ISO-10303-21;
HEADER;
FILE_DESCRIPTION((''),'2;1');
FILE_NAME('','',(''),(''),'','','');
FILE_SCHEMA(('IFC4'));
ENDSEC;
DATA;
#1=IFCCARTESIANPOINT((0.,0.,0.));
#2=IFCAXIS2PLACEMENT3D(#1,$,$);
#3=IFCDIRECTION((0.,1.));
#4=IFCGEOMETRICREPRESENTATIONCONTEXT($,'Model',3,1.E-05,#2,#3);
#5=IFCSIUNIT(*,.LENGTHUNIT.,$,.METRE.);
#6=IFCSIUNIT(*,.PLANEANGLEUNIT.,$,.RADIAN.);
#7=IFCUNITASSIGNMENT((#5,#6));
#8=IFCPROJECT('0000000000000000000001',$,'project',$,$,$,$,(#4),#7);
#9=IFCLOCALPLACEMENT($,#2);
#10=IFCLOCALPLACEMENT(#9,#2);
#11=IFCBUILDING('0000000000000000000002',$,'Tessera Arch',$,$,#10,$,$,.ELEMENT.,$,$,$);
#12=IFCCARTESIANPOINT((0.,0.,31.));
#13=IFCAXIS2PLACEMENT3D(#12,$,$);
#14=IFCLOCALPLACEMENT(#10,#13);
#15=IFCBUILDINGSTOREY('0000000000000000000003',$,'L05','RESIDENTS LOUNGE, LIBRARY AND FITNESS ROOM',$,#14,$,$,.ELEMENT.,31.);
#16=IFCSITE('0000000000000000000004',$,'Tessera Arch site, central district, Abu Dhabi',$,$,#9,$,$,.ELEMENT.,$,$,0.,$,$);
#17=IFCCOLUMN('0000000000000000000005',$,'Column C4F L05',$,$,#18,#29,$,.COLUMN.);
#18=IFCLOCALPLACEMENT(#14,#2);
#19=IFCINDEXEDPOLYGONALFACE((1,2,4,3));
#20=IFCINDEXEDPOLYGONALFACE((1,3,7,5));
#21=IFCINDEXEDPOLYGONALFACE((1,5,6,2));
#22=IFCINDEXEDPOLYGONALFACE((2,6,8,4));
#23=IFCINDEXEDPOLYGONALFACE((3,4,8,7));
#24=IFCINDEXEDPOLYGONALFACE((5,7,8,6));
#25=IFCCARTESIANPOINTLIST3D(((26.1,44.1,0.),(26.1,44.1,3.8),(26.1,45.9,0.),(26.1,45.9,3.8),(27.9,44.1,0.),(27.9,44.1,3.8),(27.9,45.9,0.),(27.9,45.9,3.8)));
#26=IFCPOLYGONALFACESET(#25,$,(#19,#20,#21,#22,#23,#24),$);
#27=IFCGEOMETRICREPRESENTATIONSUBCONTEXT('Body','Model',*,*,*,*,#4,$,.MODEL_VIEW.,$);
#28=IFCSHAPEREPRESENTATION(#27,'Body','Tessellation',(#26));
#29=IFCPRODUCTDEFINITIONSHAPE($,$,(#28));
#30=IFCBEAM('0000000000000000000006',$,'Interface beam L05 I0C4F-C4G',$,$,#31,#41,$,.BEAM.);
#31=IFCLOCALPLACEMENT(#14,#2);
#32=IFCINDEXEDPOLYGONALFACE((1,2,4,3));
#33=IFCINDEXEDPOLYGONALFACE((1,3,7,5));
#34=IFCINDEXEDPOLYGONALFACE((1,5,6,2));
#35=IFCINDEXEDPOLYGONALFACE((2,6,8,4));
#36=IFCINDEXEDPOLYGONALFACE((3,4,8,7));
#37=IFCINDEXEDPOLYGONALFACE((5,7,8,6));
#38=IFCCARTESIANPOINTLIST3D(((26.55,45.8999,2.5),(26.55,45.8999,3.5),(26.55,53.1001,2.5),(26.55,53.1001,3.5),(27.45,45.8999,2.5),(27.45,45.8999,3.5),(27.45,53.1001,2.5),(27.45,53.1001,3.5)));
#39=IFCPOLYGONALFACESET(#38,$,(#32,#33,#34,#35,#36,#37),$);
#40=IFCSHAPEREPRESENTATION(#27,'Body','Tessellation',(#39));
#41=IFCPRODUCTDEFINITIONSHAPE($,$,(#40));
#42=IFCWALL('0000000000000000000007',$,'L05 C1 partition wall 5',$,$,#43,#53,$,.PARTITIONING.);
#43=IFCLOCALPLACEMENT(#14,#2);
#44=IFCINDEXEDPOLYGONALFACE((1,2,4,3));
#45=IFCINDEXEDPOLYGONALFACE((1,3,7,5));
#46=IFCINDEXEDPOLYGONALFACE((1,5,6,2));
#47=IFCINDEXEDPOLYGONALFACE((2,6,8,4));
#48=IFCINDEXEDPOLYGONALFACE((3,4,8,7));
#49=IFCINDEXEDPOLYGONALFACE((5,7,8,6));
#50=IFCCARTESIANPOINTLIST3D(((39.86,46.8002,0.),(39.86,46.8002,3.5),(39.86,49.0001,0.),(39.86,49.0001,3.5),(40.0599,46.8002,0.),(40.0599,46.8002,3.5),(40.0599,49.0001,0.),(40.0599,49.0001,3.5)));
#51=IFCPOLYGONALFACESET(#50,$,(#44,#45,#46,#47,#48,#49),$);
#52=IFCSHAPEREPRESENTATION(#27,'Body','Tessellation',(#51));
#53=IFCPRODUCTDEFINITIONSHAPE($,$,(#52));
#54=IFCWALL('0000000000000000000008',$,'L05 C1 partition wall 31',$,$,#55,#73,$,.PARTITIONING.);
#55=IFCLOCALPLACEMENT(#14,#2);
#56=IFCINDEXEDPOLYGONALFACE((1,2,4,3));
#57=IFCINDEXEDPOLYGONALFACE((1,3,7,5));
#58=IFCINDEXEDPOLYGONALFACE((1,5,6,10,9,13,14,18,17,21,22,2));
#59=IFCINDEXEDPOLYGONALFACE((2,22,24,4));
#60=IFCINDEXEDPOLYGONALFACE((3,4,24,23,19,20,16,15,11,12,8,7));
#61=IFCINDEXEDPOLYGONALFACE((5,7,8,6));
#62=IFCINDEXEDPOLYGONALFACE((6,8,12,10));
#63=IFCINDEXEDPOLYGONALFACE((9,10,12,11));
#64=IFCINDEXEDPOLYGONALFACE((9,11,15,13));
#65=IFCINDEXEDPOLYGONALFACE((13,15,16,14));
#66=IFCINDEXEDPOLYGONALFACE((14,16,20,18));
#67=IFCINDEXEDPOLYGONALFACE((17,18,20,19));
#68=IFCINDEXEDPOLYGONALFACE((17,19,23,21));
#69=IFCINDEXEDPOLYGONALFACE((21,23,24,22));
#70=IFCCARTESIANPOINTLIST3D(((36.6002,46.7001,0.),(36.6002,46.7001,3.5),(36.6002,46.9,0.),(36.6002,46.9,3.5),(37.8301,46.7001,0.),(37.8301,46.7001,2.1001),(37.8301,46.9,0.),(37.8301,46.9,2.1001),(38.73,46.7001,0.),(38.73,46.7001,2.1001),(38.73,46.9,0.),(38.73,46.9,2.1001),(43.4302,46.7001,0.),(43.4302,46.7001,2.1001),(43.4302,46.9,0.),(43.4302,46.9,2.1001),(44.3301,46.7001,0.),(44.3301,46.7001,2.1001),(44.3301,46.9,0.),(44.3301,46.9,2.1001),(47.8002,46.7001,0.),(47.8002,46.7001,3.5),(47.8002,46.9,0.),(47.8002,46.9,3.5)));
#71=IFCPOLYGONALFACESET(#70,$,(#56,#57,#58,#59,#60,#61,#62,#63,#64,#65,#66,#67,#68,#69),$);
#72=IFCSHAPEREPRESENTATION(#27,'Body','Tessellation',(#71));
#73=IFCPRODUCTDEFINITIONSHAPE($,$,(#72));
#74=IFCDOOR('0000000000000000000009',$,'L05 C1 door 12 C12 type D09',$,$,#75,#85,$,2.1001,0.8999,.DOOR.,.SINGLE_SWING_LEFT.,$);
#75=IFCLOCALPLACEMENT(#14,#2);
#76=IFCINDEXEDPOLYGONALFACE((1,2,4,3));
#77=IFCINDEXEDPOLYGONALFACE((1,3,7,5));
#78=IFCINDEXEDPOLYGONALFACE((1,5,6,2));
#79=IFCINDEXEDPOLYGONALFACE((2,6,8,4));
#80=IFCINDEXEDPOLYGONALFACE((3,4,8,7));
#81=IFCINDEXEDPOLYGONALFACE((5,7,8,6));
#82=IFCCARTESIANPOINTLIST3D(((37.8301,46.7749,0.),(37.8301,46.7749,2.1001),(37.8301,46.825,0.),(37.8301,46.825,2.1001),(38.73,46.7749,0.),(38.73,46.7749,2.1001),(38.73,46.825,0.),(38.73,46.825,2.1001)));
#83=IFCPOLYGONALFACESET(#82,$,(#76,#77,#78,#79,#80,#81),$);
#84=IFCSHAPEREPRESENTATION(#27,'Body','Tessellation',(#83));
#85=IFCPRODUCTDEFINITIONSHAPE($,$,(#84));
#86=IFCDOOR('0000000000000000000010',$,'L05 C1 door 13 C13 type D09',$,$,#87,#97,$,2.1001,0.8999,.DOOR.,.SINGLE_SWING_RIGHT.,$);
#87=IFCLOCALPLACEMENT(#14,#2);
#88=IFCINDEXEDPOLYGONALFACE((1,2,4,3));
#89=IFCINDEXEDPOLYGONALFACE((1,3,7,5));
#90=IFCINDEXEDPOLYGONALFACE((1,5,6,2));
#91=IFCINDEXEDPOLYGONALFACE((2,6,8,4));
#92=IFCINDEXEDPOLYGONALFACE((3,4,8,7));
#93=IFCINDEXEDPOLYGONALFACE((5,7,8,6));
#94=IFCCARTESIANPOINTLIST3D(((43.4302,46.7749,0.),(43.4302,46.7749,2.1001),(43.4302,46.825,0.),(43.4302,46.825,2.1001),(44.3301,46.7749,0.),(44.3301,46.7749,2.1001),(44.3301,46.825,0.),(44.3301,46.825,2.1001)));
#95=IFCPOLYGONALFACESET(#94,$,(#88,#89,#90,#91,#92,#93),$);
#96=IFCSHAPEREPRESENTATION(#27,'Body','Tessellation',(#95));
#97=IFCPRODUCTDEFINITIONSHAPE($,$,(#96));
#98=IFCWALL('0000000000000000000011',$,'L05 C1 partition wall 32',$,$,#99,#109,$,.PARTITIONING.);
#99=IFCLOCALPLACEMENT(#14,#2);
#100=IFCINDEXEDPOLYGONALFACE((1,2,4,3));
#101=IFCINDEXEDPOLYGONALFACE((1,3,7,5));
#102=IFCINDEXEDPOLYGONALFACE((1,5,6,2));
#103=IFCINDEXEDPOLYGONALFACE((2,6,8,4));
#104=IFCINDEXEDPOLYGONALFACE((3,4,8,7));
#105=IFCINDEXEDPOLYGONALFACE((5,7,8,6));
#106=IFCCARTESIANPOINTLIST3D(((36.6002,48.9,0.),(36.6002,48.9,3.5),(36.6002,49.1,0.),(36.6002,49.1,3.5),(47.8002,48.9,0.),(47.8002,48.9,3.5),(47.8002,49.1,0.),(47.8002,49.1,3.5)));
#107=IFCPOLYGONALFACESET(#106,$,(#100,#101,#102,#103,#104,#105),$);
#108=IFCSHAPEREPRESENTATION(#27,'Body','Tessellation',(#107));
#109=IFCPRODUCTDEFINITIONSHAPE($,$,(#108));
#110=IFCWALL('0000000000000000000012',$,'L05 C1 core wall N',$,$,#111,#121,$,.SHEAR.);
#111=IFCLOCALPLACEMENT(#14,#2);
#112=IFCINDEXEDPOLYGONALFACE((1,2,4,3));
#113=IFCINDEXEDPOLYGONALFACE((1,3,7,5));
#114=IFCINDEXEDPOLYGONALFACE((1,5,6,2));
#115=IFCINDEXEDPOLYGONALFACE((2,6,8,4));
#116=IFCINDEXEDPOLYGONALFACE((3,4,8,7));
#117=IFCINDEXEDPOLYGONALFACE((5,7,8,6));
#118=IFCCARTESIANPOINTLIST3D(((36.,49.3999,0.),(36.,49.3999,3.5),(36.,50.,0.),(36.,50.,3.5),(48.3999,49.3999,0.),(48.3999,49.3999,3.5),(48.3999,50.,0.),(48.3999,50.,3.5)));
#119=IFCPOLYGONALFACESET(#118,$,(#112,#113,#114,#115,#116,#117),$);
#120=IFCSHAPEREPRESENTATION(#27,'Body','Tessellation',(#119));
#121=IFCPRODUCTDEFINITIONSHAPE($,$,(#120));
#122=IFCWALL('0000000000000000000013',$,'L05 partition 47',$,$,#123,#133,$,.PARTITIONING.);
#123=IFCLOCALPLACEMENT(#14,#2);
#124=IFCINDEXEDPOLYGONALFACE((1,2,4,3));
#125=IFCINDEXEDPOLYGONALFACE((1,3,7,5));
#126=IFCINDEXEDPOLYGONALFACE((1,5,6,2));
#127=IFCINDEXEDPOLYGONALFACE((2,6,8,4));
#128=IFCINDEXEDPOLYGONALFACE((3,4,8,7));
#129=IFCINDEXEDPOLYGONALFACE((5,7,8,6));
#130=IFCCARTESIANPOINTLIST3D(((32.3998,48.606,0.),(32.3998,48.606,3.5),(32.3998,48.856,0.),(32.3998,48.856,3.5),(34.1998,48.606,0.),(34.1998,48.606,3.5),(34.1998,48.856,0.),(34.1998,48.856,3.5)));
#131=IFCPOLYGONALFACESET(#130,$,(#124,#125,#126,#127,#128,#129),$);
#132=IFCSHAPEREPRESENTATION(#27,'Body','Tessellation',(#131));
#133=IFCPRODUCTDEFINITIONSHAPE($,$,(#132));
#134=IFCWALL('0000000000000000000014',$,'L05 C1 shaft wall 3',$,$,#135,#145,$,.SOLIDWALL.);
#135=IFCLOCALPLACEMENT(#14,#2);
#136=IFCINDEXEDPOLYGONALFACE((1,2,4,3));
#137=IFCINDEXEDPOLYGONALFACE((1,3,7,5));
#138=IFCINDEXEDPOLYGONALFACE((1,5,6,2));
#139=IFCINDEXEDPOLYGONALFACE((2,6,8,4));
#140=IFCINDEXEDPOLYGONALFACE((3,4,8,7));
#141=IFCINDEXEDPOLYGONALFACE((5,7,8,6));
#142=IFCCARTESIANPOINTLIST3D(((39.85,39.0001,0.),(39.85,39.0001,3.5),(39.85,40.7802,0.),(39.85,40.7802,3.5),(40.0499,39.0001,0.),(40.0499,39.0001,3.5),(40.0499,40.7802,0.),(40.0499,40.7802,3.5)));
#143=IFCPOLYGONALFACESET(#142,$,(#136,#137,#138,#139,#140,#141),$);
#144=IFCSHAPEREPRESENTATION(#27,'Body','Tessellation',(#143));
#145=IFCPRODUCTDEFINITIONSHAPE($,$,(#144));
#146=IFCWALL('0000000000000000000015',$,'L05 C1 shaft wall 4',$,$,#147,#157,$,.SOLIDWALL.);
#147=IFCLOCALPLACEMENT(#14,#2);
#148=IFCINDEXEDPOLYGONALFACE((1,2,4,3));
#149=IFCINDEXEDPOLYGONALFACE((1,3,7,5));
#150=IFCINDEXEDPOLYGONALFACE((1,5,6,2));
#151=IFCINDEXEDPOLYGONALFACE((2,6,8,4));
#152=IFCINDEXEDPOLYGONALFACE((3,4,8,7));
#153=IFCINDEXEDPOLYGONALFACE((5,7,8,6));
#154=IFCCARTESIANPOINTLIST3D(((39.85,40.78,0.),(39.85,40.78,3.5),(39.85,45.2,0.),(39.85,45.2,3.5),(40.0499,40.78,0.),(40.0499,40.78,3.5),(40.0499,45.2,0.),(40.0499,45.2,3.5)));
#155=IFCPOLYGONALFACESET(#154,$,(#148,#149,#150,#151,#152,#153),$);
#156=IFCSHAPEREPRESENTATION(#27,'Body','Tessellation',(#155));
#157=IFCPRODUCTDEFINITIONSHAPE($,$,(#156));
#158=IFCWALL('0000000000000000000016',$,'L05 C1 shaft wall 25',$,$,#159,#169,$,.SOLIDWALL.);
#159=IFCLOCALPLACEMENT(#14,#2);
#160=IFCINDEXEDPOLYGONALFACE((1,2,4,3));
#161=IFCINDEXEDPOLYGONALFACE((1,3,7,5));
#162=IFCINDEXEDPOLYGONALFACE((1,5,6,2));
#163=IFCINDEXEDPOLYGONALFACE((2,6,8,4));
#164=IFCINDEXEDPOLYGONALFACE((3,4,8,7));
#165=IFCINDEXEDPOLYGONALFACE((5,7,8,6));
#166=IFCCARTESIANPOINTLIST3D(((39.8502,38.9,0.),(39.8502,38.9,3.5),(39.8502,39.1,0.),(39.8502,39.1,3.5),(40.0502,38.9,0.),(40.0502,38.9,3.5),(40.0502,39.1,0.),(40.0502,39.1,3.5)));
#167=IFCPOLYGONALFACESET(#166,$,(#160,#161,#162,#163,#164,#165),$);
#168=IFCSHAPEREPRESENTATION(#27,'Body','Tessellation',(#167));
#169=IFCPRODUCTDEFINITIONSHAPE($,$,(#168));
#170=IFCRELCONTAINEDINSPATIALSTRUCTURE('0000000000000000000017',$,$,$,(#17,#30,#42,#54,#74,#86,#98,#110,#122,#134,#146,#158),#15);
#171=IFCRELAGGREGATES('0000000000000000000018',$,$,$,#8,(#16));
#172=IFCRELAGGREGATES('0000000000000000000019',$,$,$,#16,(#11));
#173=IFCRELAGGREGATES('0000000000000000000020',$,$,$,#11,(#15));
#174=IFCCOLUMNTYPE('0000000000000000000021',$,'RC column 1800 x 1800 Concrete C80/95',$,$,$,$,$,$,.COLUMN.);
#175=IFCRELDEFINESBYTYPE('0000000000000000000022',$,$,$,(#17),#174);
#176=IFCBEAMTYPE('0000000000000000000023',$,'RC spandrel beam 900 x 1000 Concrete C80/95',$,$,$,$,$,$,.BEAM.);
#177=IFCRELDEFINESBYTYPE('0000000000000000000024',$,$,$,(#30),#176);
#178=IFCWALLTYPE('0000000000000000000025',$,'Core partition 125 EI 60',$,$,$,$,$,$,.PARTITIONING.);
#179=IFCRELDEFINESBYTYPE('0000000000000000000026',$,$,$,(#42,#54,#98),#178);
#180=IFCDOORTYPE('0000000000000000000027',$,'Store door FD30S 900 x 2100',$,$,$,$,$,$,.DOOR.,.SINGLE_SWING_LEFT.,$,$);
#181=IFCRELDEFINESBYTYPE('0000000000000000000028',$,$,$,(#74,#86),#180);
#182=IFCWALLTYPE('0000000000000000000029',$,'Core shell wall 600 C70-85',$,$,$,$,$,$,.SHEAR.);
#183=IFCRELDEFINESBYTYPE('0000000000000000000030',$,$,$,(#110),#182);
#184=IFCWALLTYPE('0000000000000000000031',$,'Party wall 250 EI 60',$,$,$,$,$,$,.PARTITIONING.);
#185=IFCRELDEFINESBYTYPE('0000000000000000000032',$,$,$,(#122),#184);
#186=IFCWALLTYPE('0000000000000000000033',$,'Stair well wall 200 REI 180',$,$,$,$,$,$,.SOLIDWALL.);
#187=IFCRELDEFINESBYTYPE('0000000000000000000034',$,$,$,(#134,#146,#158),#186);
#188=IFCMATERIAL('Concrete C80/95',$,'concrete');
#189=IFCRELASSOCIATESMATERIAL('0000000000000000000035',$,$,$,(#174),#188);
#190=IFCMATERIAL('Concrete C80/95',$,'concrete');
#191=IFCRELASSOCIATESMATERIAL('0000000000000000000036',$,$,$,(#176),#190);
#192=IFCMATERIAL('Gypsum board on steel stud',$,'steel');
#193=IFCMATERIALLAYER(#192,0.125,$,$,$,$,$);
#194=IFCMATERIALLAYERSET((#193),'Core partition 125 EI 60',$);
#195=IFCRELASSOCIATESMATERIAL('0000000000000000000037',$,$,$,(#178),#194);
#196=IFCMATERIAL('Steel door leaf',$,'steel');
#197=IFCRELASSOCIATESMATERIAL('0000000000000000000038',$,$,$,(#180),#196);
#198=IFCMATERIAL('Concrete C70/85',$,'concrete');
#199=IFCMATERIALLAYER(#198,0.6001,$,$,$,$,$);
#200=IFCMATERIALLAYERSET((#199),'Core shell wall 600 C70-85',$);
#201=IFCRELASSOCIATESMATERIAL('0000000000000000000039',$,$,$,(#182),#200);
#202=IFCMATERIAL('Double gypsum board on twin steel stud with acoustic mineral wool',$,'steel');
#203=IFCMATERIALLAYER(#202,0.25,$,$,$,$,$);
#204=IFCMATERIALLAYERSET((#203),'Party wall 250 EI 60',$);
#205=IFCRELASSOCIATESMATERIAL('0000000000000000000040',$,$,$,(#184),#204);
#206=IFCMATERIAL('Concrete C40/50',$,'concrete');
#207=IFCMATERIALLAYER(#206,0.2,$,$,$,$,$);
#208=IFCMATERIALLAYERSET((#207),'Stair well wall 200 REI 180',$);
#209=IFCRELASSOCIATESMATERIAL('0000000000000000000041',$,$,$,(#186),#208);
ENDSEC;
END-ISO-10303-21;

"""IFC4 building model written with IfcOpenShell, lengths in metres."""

from ifc_helpers import new_model, si_unit, direction, frame, frame_2d, origin, origin_2d, place, context, subcontext, project, spatial, rectangle, extrude, material, layer, layer_set, material_profile, profile_set, type_object, element, fill, save


model = new_model("IFC4")

# Units and contexts
model_context = context("Model", 3, precision=1e-05, world=origin(), true_north=direction((0.0, 1.0)))
body_context = subcontext(model_context, "Body", "Model", "MODEL_VIEW")
ifc_project = project(units=[si_unit("LENGTHUNIT", "METRE"), si_unit("PLANEANGLEUNIT", "RADIAN")], contexts=[model_context])

# Site, building, storey
site_placement = place(None, origin())
site = spatial("IfcSite", under=ifc_project, at=site_placement, Name="Tessera Arch site, central district, Abu Dhabi", CompositionType="ELEMENT", RefElevation=0.0)
building_placement = place(site_placement, origin())
building = spatial("IfcBuilding", under=site, at=building_placement, Name="Tessera Arch", CompositionType="ELEMENT")
storey_placement = place(building_placement, frame((0.0, 0.0, 31.0)))
storey = spatial("IfcBuildingStorey", under=building, at=storey_placement, Name="L05", Description="RESIDENTS LOUNGE, LIBRARY AND FITNESS ROOM", CompositionType="ELEMENT", Elevation=31.0)

# Column
ifc_material_1 = material(Name="Concrete C80/95", Category="concrete")
ifc_material_profile_1 = material_profile(ifc_material_1, rectangle(XDim=1.8, YDim=1.8, at=origin_2d()), Name="RC column 1800 x 1800 Concrete C80/95")
ifc_profile_set_1 = profile_set([ifc_material_profile_1], Name="Concrete C80/95")
column_type = type_object("IfcColumnType", Name="RC column 1800 x 1800 Concrete C80/95", PredefinedType="COLUMN", material=ifc_profile_set_1)
column_placement = place(storey_placement, frame((27.0, 45.0, 0.0), z_axis=(0.0, 0.0, 1.0), x_axis=(1.0, 0.0, 0.0)))
element("IfcColumn", 1, at=column_placement, inside=storey, type_object=column_type, Name="Column C4F L05", PredefinedType="COLUMN", context=body_context, shape_type="SweptSolid", body=[
    extrude(rectangle(XDim=1.8, YDim=1.8, at=origin_2d()), origin(), (0.0, 0.0, 1.0), 3.8),
])

# Beam
ifc_material_2 = material(Name="Concrete C80/95", Category="concrete")
ifc_material_profile_2 = material_profile(ifc_material_2, rectangle(XDim=0.8999, YDim=1.0, at=origin_2d()), Name="RC spandrel beam 900 x 1000 Concrete C80/95")
ifc_profile_set_2 = profile_set([ifc_material_profile_2], Name="Concrete C80/95")
beam_type = type_object("IfcBeamType", Name="RC spandrel beam 900 x 1000 Concrete C80/95", PredefinedType="BEAM", material=ifc_profile_set_2)
beam_placement = place(storey_placement, frame((27.0, 45.8999, 3.0), z_axis=(0.0, 1.0, 0.0), x_axis=(-1.0, 0.0, 0.0)))
element("IfcBeam", 2, at=beam_placement, inside=storey, type_object=beam_type, Name="Interface beam L05 I0C4F-C4G", PredefinedType="BEAM", context=body_context, shape_type="SweptSolid", body=[
    extrude(rectangle(XDim=0.8999, YDim=1.0, at=origin_2d()), origin(), (0.0, 0.0, 1.0), 7.2002),
])

# Wall
ifc_material_3 = material(Name="Gypsum board on steel stud", Category="steel")
ifc_layer_1 = layer(ifc_material_3, 0.125)
ifc_layer_set_1 = layer_set([ifc_layer_1], Name="Core partition 125 EI 60")
wall_type_1 = type_object("IfcWallType", Name="Core partition 125 EI 60", PredefinedType="PARTITIONING", material=ifc_layer_set_1)
wall_1_placement = place(storey_placement, frame((39.96, 46.8, 0.0), z_axis=(0.0, 0.0, 1.0), x_axis=(0.0, 1.0, 0.0)))
element("IfcWall", 3, at=wall_1_placement, inside=storey, type_object=wall_type_1, Name="L05 C1 partition wall 5", PredefinedType="PARTITIONING", context=body_context, shape_type="SweptSolid", body=[
    extrude(rectangle(XDim=2.2, YDim=0.2, at=frame_2d((1.1001, 0.0))), origin(), (0.0, 0.0, 1.0), 3.5),
])

# Wall, openings, doors
wall_2_placement = place(storey_placement, frame((36.6001, 46.8, 0.0), z_axis=(0.0, 0.0, 1.0), x_axis=(1.0, 0.0, 0.0)))
wall_2 = element("IfcWall", 4, at=wall_2_placement, inside=storey, type_object=wall_type_1, Name="L05 C1 partition wall 31", PredefinedType="PARTITIONING", context=body_context, shape_type="SweptSolid", body=[
    extrude(rectangle(XDim=11.2, YDim=0.2, at=frame_2d((5.6001, 0.0))), origin(), (0.0, 0.0, 1.0), 3.5),
])
opening_1_placement = place(wall_2_placement, frame((1.23, 0.0, 0.0)))
opening_1 = element("IfcOpeningElement", 5, at=opening_1_placement, cuts=wall_2, PredefinedType="OPENING", context=body_context, shape_type="SweptSolid", body=[
    extrude(rectangle(XDim=0.8999, YDim=2.1001, at=frame_2d((0.45, 1.05))), frame((0.0, 0.1099, 0.0), z_axis=(0.0, -1.0, 0.0), x_axis=(1.0, 0.0, 0.0)), (0.0, 0.0, 1.0), 0.22),
])
opening_2_placement = place(wall_2_placement, frame((6.8301, 0.0, 0.0)))
opening_2 = element("IfcOpeningElement", 6, at=opening_2_placement, cuts=wall_2, PredefinedType="OPENING", context=body_context, shape_type="SweptSolid", body=[
    extrude(rectangle(XDim=0.8999, YDim=2.1001, at=frame_2d((0.45, 1.05))), frame((0.0, 0.1099, 0.0), z_axis=(0.0, -1.0, 0.0), x_axis=(1.0, 0.0, 0.0)), (0.0, 0.0, 1.0), 0.22),
])
ifc_material_4 = material(Name="Steel door leaf", Category="steel")
door_type_1 = type_object("IfcDoorType", Name="Store door FD30S 900 x 2100", OperationType="SINGLE_SWING_LEFT", PredefinedType="DOOR", material=ifc_material_4)
door_1_placement = place(opening_1_placement, origin())
door_1 = element("IfcDoor", 7, at=door_1_placement, inside=storey, type_object=door_type_1, Name="L05 C1 door 12 C12 type D09", OperationType="SINGLE_SWING_LEFT", OverallHeight=2.1001, OverallWidth=0.8999, PredefinedType="DOOR", context=body_context, shape_type="SweptSolid", body=[
    extrude(rectangle(XDim=0.8999, YDim=2.1001, at=frame_2d((0.45, 1.05))), frame((0.0, 0.0249, 0.0), z_axis=(0.0, -1.0, 0.0), x_axis=(1.0, 0.0, 0.0)), (0.0, 0.0, 1.0), 0.05),
])
fill(opening_1, door_1)
door_2_placement = place(opening_2_placement, origin())
door_2 = element("IfcDoor", 8, at=door_2_placement, inside=storey, type_object=door_type_1, Name="L05 C1 door 13 C13 type D09", OperationType="SINGLE_SWING_RIGHT", OverallHeight=2.1001, OverallWidth=0.8999, PredefinedType="DOOR", context=body_context, shape_type="SweptSolid", body=[
    extrude(rectangle(XDim=0.8999, YDim=2.1001, at=frame_2d((0.45, 1.05))), frame((0.0, 0.0249, 0.0), z_axis=(0.0, -1.0, 0.0), x_axis=(1.0, 0.0, 0.0)), (0.0, 0.0, 1.0), 0.05),
])
fill(opening_2, door_2)

# Walls
wall_3_placement = place(storey_placement, frame((36.6001, 49.0, 0.0), z_axis=(0.0, 0.0, 1.0), x_axis=(1.0, 0.0, 0.0)))
element("IfcWall", 9, at=wall_3_placement, inside=storey, type_object=wall_type_1, Name="L05 C1 partition wall 32", PredefinedType="PARTITIONING", context=body_context, shape_type="SweptSolid", body=[
    extrude(rectangle(XDim=11.2, YDim=0.2, at=frame_2d((5.6001, 0.0))), origin(), (0.0, 0.0, 1.0), 3.5),
])
ifc_material_5 = material(Name="Concrete C70/85", Category="concrete")
ifc_layer_2 = layer(ifc_material_5, 0.6001)
ifc_layer_set_2 = layer_set([ifc_layer_2], Name="Core shell wall 600 C70-85")
wall_type_2 = type_object("IfcWallType", Name="Core shell wall 600 C70-85", PredefinedType="SHEAR", material=ifc_layer_set_2)
wall_4_placement = place(storey_placement, frame((36.0, 49.7, 0.0), z_axis=(0.0, 0.0, 1.0), x_axis=(1.0, 0.0, 0.0)))
element("IfcWall", 10, at=wall_4_placement, inside=storey, type_object=wall_type_2, Name="L05 C1 core wall N", PredefinedType="SHEAR", context=body_context, shape_type="SweptSolid", body=[
    extrude(rectangle(XDim=12.3999, YDim=0.6001, at=frame_2d((6.2, 0.0))), origin(), (0.0, 0.0, 1.0), 3.5),
])
ifc_material_6 = material(Name="Double gypsum board on twin steel stud with acoustic mineral wool", Category="steel")
ifc_layer_3 = layer(ifc_material_6, 0.25)
ifc_layer_set_3 = layer_set([ifc_layer_3], Name="Party wall 250 EI 60")
wall_type_3 = type_object("IfcWallType", Name="Party wall 250 EI 60", PredefinedType="PARTITIONING", material=ifc_layer_set_3)
wall_5_placement = place(storey_placement, frame((32.3999, 48.731, 0.0), z_axis=(0.0, 0.0, 1.0), x_axis=(1.0, 0.0, 0.0)))
element("IfcWall", 11, at=wall_5_placement, inside=storey, type_object=wall_type_3, Name="L05 partition 47", PredefinedType="PARTITIONING", context=body_context, shape_type="SweptSolid", body=[
    extrude(rectangle(XDim=1.8, YDim=0.25, at=frame_2d((0.8999, 0.0))), origin(), (0.0, 0.0, 1.0), 3.5),
])
ifc_material_7 = material(Name="Concrete C40/50", Category="concrete")
ifc_layer_4 = layer(ifc_material_7, 0.2)
ifc_layer_set_4 = layer_set([ifc_layer_4], Name="Stair well wall 200 REI 180")
wall_type_4 = type_object("IfcWallType", Name="Stair well wall 200 REI 180", PredefinedType="SOLIDWALL", material=ifc_layer_set_4)
wall_6_placement = place(storey_placement, frame((39.95, 39.0, 0.0), z_axis=(0.0, 0.0, 1.0), x_axis=(0.0, 1.0, 0.0)))
element("IfcWall", 12, at=wall_6_placement, inside=storey, type_object=wall_type_4, Name="L05 C1 shaft wall 3", PredefinedType="SOLIDWALL", context=body_context, shape_type="SweptSolid", body=[
    extrude(rectangle(XDim=1.78, YDim=0.2, at=frame_2d((0.8901, 0.0))), origin(), (0.0, 0.0, 1.0), 3.5),
])
wall_7_placement = place(storey_placement, frame((39.95, 40.78, 0.0), z_axis=(0.0, 0.0, 1.0), x_axis=(0.0, 1.0, 0.0)))
element("IfcWall", 13, at=wall_7_placement, inside=storey, type_object=wall_type_4, Name="L05 C1 shaft wall 4", PredefinedType="SOLIDWALL", context=body_context, shape_type="SweptSolid", body=[
    extrude(rectangle(XDim=4.4199, YDim=0.2, at=frame_2d((2.21, 0.0))), origin(), (0.0, 0.0, 1.0), 3.5),
])
wall_8_placement = place(storey_placement, frame((39.8501, 39.0, 0.0), z_axis=(0.0, 0.0, 1.0), x_axis=(1.0, 0.0, 0.0)))
element("IfcWall", 14, at=wall_8_placement, inside=storey, type_object=wall_type_4, Name="L05 C1 shaft wall 25", PredefinedType="SOLIDWALL", context=body_context, shape_type="SweptSolid", body=[
    extrude(rectangle(XDim=0.2, YDim=0.2, at=frame_2d((0.1001, 0.0))), origin(), (0.0, 0.0, 1.0), 3.5),
])

save(model, "model.ifc")
